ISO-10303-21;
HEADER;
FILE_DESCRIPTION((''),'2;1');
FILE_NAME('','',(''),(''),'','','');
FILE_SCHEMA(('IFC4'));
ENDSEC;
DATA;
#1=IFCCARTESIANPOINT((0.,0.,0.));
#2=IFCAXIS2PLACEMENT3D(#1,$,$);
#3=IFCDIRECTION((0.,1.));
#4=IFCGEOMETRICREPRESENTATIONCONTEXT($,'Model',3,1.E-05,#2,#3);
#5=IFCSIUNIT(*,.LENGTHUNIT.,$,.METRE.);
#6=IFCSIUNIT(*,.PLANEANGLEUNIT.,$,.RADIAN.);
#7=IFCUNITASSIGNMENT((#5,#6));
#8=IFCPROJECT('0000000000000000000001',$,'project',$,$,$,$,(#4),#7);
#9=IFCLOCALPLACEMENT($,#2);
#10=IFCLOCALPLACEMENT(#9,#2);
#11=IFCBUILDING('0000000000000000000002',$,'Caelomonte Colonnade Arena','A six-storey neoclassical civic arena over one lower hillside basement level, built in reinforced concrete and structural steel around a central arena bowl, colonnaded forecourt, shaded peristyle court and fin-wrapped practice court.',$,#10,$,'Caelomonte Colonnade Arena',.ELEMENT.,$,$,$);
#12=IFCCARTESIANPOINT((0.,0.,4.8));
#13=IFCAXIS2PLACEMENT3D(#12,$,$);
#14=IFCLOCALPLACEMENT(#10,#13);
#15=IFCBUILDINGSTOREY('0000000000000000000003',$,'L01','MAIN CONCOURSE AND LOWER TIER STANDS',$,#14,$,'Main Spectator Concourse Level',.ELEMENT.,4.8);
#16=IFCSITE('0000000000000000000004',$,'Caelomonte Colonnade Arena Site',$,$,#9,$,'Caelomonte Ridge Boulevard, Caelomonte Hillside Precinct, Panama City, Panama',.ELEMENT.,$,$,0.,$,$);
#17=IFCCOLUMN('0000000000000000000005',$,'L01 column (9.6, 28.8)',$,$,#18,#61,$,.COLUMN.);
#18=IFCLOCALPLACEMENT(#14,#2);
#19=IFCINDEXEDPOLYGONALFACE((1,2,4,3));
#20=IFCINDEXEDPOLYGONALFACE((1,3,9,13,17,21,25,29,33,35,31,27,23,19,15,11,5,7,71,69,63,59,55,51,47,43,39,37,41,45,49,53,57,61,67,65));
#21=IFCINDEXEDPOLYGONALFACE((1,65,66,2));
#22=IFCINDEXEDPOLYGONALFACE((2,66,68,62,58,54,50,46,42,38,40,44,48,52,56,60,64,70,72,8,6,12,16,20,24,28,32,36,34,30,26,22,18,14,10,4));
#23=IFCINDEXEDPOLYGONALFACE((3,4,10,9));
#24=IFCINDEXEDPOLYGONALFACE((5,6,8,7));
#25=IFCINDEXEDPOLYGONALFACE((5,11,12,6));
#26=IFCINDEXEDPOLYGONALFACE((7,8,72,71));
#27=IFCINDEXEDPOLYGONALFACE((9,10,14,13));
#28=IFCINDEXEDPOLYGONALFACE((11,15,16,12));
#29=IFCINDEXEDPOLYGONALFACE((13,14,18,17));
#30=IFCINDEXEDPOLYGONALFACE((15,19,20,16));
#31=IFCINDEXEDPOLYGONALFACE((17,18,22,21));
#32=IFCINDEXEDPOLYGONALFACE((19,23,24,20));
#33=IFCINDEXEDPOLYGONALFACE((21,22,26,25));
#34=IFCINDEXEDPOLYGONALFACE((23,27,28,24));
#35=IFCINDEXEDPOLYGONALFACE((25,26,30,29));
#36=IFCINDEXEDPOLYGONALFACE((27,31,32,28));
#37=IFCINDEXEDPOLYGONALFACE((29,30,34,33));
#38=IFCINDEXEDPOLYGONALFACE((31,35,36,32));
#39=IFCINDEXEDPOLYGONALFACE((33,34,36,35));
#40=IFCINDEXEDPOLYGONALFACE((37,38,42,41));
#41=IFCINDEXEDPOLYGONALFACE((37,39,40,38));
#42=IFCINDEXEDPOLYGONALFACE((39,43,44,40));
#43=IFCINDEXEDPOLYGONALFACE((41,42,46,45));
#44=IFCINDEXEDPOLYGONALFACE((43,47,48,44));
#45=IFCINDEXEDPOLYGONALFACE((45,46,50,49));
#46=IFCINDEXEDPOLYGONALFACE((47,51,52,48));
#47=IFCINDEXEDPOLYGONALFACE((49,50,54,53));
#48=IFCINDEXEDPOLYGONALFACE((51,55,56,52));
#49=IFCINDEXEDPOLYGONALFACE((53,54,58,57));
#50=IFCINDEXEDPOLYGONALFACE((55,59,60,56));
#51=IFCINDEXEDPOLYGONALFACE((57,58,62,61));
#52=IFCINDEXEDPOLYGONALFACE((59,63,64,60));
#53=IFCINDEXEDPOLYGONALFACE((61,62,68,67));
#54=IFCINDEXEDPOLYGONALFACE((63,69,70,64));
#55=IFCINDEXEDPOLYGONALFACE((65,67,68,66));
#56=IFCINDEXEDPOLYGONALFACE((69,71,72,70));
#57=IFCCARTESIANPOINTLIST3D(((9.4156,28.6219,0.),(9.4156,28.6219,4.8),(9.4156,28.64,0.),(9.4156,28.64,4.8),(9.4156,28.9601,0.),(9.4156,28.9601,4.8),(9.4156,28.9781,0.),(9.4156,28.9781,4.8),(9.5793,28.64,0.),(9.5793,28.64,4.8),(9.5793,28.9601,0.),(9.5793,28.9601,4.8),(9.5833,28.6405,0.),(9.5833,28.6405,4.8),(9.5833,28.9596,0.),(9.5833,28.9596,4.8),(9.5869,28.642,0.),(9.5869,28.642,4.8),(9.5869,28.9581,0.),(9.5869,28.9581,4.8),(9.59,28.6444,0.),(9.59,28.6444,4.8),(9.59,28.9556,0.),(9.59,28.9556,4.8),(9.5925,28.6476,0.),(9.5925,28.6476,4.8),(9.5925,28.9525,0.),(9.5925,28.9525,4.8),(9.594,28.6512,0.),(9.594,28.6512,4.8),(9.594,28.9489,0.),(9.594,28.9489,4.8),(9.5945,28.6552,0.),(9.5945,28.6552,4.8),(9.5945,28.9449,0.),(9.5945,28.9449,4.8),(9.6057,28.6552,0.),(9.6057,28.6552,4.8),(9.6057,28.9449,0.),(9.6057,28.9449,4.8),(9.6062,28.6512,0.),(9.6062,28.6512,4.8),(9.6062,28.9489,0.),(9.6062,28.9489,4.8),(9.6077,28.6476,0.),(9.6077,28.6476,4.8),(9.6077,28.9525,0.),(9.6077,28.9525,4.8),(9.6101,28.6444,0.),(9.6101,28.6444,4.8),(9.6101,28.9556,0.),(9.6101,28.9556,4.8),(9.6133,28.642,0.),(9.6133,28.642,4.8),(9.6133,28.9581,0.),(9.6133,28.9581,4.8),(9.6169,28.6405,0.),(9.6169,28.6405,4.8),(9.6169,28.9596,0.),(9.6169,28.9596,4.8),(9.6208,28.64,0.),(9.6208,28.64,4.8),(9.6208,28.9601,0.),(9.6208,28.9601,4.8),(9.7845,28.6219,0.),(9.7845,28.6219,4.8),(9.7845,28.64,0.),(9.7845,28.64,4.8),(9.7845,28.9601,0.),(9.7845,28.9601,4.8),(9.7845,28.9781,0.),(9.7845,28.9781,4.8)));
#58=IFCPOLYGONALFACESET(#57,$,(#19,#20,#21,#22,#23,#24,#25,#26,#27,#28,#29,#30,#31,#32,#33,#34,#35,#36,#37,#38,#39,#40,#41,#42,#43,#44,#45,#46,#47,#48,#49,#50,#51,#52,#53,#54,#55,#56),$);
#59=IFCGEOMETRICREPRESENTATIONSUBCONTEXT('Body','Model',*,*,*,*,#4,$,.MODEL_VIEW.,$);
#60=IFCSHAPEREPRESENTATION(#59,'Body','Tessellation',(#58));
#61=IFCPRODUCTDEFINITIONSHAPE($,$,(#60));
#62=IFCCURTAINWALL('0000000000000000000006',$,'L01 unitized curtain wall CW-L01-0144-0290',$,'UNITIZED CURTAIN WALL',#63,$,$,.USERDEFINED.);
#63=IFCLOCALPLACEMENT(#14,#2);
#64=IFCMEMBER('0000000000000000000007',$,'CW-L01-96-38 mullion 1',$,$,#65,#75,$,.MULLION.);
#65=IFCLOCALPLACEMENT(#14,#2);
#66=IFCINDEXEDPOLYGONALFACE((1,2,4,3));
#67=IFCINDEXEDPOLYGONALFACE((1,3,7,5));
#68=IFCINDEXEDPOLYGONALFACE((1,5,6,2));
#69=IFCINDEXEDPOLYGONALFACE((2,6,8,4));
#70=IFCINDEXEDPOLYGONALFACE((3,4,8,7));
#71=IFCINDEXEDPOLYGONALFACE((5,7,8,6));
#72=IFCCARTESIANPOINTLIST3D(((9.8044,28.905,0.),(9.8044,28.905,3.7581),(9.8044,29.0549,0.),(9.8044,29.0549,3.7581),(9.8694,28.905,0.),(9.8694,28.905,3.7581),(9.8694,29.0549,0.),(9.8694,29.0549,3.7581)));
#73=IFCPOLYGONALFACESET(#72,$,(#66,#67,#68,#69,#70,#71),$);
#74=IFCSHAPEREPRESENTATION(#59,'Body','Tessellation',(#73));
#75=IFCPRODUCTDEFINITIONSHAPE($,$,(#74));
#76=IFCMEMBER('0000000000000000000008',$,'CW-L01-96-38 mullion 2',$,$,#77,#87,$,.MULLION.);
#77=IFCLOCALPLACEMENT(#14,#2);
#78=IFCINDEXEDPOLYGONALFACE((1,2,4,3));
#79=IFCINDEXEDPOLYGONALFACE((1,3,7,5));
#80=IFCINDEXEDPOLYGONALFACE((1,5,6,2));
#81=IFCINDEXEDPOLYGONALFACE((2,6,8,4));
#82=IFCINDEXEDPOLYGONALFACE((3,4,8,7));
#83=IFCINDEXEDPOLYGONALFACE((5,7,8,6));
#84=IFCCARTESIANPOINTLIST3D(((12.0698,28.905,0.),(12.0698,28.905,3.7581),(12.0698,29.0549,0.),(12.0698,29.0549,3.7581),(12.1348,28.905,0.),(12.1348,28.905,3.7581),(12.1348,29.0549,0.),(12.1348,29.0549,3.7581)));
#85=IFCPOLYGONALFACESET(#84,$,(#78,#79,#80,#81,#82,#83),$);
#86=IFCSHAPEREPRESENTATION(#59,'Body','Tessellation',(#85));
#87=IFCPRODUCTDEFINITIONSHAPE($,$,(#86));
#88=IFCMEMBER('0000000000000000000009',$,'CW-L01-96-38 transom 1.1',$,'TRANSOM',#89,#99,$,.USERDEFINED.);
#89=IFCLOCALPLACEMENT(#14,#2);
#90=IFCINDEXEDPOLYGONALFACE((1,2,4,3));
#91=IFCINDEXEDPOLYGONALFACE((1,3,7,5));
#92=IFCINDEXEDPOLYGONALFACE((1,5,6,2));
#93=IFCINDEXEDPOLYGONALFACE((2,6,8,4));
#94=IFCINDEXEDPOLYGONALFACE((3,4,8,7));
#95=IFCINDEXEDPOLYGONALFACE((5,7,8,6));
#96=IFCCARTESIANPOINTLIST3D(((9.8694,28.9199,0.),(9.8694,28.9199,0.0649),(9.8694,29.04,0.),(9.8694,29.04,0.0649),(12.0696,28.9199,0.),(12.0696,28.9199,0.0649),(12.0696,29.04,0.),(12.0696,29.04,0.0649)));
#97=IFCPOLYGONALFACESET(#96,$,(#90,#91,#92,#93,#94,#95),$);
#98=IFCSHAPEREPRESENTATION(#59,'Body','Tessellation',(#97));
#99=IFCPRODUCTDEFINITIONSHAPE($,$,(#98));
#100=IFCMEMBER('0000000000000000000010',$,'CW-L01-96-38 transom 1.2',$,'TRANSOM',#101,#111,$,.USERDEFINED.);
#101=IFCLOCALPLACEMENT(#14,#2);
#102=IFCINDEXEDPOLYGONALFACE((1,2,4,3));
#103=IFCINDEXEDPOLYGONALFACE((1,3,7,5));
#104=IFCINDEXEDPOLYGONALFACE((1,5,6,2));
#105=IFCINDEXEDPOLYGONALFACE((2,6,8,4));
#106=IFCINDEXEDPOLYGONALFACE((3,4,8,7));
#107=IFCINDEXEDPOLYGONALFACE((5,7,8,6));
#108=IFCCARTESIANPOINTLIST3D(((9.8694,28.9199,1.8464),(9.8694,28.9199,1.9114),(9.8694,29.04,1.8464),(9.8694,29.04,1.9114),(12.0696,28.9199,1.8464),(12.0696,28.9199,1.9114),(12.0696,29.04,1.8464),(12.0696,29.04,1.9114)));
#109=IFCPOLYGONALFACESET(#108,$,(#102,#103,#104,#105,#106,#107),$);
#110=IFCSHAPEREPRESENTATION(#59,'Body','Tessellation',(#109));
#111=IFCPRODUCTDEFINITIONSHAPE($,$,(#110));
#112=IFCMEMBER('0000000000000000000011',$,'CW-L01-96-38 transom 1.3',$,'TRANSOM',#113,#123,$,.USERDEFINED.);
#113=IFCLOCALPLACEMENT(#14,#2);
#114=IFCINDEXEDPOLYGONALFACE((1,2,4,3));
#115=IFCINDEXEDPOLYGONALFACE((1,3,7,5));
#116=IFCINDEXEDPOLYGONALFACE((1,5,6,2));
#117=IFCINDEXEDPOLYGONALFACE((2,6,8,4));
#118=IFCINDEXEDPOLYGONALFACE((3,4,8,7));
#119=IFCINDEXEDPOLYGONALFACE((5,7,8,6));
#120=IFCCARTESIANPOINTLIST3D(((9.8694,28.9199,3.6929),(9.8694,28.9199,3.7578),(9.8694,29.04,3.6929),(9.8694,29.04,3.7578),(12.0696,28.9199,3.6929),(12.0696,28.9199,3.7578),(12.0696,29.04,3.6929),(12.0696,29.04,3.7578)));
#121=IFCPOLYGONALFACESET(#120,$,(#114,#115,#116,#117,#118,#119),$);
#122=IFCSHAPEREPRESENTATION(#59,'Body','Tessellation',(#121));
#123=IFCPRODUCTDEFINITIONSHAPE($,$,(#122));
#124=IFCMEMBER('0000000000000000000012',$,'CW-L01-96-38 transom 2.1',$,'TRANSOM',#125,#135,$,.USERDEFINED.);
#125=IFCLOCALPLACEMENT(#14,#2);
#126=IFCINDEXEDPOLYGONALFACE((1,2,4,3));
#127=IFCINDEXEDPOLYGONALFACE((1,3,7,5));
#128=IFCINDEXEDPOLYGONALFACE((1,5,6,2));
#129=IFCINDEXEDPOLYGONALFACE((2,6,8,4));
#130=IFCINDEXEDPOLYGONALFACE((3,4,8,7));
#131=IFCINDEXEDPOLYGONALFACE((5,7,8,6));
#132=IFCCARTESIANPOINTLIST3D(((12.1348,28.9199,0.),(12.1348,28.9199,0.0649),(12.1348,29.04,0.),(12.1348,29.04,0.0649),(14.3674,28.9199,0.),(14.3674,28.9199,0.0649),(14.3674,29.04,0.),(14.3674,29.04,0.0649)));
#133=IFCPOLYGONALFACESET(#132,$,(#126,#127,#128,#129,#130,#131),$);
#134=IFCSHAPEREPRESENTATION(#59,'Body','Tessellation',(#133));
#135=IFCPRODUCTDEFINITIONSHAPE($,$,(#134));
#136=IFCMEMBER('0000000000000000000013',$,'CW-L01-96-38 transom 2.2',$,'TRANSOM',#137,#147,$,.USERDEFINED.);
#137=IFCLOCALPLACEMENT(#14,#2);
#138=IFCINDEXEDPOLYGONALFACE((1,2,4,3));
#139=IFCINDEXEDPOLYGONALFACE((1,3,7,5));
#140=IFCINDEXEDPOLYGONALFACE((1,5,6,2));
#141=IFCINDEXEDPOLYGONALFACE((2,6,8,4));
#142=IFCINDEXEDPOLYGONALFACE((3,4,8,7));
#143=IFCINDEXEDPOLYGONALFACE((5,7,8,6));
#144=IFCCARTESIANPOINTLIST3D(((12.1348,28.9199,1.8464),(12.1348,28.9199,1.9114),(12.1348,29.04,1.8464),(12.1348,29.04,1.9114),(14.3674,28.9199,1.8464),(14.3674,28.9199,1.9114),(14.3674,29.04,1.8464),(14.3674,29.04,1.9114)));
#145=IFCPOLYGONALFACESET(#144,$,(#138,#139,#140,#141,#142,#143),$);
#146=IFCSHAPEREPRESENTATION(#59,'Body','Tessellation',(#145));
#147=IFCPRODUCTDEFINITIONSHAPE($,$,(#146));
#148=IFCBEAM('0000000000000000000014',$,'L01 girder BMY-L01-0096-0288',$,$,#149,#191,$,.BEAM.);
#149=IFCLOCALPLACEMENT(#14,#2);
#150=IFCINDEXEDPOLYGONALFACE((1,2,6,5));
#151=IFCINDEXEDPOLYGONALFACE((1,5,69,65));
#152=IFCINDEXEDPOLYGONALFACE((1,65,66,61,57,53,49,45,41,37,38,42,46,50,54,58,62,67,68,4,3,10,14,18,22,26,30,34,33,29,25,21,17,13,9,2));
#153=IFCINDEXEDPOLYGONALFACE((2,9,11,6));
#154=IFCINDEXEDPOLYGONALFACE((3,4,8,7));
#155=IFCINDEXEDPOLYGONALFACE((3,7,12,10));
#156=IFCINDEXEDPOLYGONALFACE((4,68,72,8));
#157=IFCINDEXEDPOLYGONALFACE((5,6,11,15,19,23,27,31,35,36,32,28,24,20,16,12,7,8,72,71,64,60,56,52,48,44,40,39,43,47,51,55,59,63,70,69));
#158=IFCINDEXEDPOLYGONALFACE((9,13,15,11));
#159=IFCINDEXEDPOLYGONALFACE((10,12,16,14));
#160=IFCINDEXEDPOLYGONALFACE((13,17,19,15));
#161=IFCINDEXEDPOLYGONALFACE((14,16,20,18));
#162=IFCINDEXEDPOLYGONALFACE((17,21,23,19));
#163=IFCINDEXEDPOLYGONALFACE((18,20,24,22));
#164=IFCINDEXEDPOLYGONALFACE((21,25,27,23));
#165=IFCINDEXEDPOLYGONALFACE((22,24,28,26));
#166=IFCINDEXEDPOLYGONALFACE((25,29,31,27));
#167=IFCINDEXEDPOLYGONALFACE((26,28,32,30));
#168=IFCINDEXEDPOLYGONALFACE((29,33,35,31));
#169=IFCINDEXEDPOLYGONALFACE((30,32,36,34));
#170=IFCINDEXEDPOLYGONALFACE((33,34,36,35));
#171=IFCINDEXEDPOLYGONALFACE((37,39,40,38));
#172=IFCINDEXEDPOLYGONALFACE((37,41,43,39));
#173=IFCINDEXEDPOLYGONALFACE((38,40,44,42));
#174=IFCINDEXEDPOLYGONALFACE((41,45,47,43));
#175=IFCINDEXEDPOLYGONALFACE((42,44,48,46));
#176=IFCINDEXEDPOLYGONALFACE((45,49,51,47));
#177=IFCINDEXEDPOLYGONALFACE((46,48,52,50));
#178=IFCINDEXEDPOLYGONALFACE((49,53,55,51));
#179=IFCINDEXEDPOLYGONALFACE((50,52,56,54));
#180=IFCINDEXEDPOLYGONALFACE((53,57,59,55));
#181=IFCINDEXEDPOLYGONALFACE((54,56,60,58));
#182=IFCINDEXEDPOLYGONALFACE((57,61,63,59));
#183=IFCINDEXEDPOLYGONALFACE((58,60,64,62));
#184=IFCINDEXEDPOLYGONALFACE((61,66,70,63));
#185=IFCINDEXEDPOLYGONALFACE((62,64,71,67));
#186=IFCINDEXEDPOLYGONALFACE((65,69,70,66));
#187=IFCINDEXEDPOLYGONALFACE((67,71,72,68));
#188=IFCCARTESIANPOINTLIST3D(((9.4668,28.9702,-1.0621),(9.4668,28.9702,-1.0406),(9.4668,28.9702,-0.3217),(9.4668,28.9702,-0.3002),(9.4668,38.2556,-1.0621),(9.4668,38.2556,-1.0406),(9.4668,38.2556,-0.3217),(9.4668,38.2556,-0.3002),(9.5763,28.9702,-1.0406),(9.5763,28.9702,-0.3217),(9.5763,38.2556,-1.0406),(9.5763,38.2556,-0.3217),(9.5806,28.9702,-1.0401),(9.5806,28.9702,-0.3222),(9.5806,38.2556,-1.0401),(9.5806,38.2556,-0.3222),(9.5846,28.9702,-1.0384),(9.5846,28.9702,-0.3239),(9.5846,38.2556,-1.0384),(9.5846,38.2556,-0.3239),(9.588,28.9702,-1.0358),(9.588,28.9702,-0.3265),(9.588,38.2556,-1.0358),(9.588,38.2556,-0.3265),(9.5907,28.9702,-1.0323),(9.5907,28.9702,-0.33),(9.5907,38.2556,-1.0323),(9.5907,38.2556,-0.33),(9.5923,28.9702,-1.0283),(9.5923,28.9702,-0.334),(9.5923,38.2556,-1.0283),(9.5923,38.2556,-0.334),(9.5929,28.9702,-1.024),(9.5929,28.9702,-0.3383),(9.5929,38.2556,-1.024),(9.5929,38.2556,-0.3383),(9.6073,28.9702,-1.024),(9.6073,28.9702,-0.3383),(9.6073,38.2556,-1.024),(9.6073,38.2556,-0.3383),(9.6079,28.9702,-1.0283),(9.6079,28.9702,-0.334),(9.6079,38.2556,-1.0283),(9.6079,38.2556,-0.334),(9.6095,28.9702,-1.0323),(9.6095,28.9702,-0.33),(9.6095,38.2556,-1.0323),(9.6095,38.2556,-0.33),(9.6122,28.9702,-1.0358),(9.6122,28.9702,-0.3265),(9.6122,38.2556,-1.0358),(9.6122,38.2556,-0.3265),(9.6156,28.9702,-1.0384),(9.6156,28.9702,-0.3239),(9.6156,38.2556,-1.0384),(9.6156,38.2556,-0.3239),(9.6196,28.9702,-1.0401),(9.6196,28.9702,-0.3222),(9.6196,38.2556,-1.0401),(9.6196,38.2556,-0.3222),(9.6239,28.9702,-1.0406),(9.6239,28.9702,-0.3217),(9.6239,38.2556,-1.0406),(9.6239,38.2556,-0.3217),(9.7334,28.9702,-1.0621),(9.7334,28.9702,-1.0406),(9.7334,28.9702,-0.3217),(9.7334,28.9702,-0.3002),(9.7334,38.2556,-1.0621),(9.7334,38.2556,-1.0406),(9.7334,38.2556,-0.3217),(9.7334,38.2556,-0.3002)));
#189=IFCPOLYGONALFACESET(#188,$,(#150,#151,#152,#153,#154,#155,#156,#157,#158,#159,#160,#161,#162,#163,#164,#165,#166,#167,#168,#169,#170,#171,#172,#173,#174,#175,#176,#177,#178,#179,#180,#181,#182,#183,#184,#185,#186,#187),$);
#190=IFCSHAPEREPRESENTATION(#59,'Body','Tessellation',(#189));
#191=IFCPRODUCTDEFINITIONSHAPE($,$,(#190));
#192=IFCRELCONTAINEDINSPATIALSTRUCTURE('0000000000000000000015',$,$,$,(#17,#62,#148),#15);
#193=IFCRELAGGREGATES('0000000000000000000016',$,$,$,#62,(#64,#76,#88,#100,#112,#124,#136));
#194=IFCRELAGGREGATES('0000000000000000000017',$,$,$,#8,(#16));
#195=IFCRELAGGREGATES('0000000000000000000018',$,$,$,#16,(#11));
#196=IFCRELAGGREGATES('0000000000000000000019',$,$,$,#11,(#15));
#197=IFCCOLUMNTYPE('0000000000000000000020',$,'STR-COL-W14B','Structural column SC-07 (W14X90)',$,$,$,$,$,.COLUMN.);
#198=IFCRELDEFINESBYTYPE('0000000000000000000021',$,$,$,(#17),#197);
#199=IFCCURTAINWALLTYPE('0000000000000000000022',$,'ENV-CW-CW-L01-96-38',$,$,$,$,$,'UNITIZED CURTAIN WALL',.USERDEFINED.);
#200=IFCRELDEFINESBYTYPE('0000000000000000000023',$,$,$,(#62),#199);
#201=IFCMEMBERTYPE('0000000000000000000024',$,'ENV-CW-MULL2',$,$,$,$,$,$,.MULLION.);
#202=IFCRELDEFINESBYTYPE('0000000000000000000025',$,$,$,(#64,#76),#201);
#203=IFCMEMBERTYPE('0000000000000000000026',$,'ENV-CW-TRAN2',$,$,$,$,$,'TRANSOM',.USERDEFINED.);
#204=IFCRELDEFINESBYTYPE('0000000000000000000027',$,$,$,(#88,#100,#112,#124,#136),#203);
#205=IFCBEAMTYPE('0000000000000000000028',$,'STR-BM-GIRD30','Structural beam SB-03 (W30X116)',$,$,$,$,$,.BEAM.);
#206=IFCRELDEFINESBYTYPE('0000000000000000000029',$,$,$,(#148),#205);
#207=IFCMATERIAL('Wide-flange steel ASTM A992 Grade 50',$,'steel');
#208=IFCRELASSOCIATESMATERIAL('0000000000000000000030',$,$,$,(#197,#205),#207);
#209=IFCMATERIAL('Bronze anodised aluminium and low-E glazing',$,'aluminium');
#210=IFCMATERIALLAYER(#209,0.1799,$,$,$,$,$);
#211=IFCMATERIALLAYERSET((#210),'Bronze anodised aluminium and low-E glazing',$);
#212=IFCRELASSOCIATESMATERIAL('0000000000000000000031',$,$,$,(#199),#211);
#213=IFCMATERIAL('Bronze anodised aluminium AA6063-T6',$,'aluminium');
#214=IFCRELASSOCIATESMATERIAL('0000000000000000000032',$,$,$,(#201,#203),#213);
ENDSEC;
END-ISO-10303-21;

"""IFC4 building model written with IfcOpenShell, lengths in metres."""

from ifc_helpers import new_model, si_unit, direction, frame, origin, origin_2d, place, context, subcontext, project, spatial, rectangle, i_section, extrude, material, layer, layer_set, material_profile, profile_set, type_object, element, aggregate, save


model = new_model("IFC4")

# Units and contexts
model_context = context("Model", 3, precision=1e-05, world=origin(), true_north=direction((0.0, 1.0)))
body_context = subcontext(model_context, "Body", "Model", "MODEL_VIEW")
ifc_project = project(units=[si_unit("LENGTHUNIT", "METRE"), si_unit("PLANEANGLEUNIT", "RADIAN")], contexts=[model_context])

# Site, building, storey
site_placement = place(None, origin())
site = spatial("IfcSite", under=ifc_project, at=site_placement, Name="Caelomonte Colonnade Arena Site", LongName="Caelomonte Ridge Boulevard, Caelomonte Hillside Precinct, Panama City, Panama", CompositionType="ELEMENT", RefElevation=0.0)
building_placement = place(site_placement, origin())
building = spatial("IfcBuilding", under=site, at=building_placement, Name="Caelomonte Colonnade Arena", Description="A six-storey neoclassical civic arena over one lower hillside basement level, built in reinforced concrete and structural steel around a central arena bowl, colonnaded forecourt, shaded peristyle court and fin-wrapped practice court.", LongName="Caelomonte Colonnade Arena", CompositionType="ELEMENT")
storey_placement = place(building_placement, frame((0.0, 0.0, 4.8)))
storey = spatial("IfcBuildingStorey", under=building, at=storey_placement, Name="L01", Description="MAIN CONCOURSE AND LOWER TIER STANDS", LongName="Main Spectator Concourse Level", CompositionType="ELEMENT", Elevation=4.8)

# Column
ifc_material_1 = material(Name="Wide-flange steel ASTM A992 Grade 50", Category="steel")
ifc_material_profile_1 = material_profile(ifc_material_1, i_section(OverallWidth=0.3689, OverallDepth=0.3562, WebThickness=0.0112, FlangeThickness=0.0181, FilletRadius=0.0151, at=origin_2d()), Name="W14X90")
ifc_profile_set_1 = profile_set([ifc_material_profile_1], Name="Wide-flange steel ASTM A992 Grade 50")
column_type = type_object("IfcColumnType", Name="STR-COL-W14B", Description="Structural column SC-07 (W14X90)", PredefinedType="COLUMN", material=ifc_profile_set_1)
column_placement = place(storey_placement, frame((9.6001, 28.8, 0.0), z_axis=(0.0, 0.0, 1.0), x_axis=(1.0, 0.0, 0.0)))
element("IfcColumn", 1, at=column_placement, inside=storey, type_object=column_type, Name="L01 column (9.6, 28.8)", PredefinedType="COLUMN", context=body_context, shape_type="SweptSolid", body=[
    extrude(i_section(OverallWidth=0.3689, OverallDepth=0.3562, WebThickness=0.0112, FlangeThickness=0.0181, FilletRadius=0.0151, at=origin_2d()), origin(), (0.0, 0.0, 1.0), 4.8),
])

# Curtain wall, members
ifc_material_2 = material(Name="Bronze anodised aluminium and low-E glazing", Category="aluminium")
ifc_layer_1 = layer(ifc_material_2, 0.1799)
ifc_layer_set_1 = layer_set([ifc_layer_1], Name="Bronze anodised aluminium and low-E glazing")
curtain_wall_type = type_object("IfcCurtainWallType", Name="ENV-CW-CW-L01-96-38", ElementType="UNITIZED CURTAIN WALL", PredefinedType="USERDEFINED", material=ifc_layer_set_1)
curtain_wall_placement = place(storey_placement, origin())
curtain_wall = element("IfcCurtainWall", 2, at=curtain_wall_placement, inside=storey, type_object=curtain_wall_type, Name="L01 unitized curtain wall CW-L01-0144-0290", ObjectType="UNITIZED CURTAIN WALL", PredefinedType="USERDEFINED")
ifc_material_3 = material(Name="Bronze anodised aluminium AA6063-T6", Category="aluminium")
ifc_material_profile_2 = material_profile(ifc_material_3, rectangle(XDim=0.0649, YDim=0.1499, at=origin_2d()), Name="CWM-65X150")
ifc_profile_set_2 = profile_set([ifc_material_profile_2], Name="Bronze anodised aluminium AA6063-T6")
member_type_1 = type_object("IfcMemberType", Name="ENV-CW-MULL2", PredefinedType="MULLION", material=ifc_profile_set_2)
member_1_placement = place(storey_placement, frame((9.8369, 28.98, 0.0), z_axis=(0.0, 0.0, 1.0), x_axis=(1.0, 0.0, 0.0)))
member_1 = element("IfcMember", 3, at=member_1_placement, type_object=member_type_1, Name="CW-L01-96-38 mullion 1", PredefinedType="MULLION", context=body_context, shape_type="SweptSolid", body=[
    extrude(rectangle(XDim=0.0649, YDim=0.1499, at=origin_2d()), origin(), (0.0, 0.0, 1.0), 3.7581),
])
member_2_placement = place(storey_placement, frame((12.1023, 28.98, 0.0), z_axis=(0.0, 0.0, 1.0), x_axis=(1.0, 0.0, 0.0)))
member_2 = element("IfcMember", 4, at=member_2_placement, type_object=member_type_1, Name="CW-L01-96-38 mullion 2", PredefinedType="MULLION", context=body_context, shape_type="SweptSolid", body=[
    extrude(rectangle(XDim=0.0649, YDim=0.1499, at=origin_2d()), origin(), (0.0, 0.0, 1.0), 3.7581),
])
ifc_material_profile_3 = material_profile(ifc_material_3, rectangle(XDim=0.0649, YDim=0.1201, at=origin_2d()), Name="CWT-65X120")
ifc_profile_set_3 = profile_set([ifc_material_profile_3], Name="Bronze anodised aluminium AA6063-T6")
member_type_2 = type_object("IfcMemberType", Name="ENV-CW-TRAN2", ElementType="TRANSOM", PredefinedType="USERDEFINED", material=ifc_profile_set_3)
member_3_placement = place(storey_placement, frame((9.8694, 28.98, 0.0325), z_axis=(1.0, 0.0, 0.0), x_axis=(0.0, 0.0, 1.0)))
member_3 = element("IfcMember", 5, at=member_3_placement, type_object=member_type_2, Name="CW-L01-96-38 transom 1.1", ObjectType="TRANSOM", PredefinedType="USERDEFINED", context=body_context, shape_type="SweptSolid", body=[
    extrude(rectangle(XDim=0.0649, YDim=0.1201, at=origin_2d()), origin(), (0.0, 0.0, 1.0), 2.2002),
])
member_4_placement = place(storey_placement, frame((9.8694, 28.98, 1.8789), z_axis=(1.0, 0.0, 0.0), x_axis=(0.0, 0.0, 1.0)))
member_4 = element("IfcMember", 6, at=member_4_placement, type_object=member_type_2, Name="CW-L01-96-38 transom 1.2", ObjectType="TRANSOM", PredefinedType="USERDEFINED", context=body_context, shape_type="SweptSolid", body=[
    extrude(rectangle(XDim=0.0649, YDim=0.1201, at=origin_2d()), origin(), (0.0, 0.0, 1.0), 2.2002),
])
member_5_placement = place(storey_placement, frame((9.8694, 28.98, 3.7253), z_axis=(1.0, 0.0, 0.0), x_axis=(0.0, 0.0, 1.0)))
member_5 = element("IfcMember", 7, at=member_5_placement, type_object=member_type_2, Name="CW-L01-96-38 transom 1.3", ObjectType="TRANSOM", PredefinedType="USERDEFINED", context=body_context, shape_type="SweptSolid", body=[
    extrude(rectangle(XDim=0.0649, YDim=0.1201, at=origin_2d()), origin(), (0.0, 0.0, 1.0), 2.2002),
])
member_6_placement = place(storey_placement, frame((12.1348, 28.98, 0.0325), z_axis=(1.0, 0.0, 0.0), x_axis=(0.0, 0.0, 1.0)))
member_6 = element("IfcMember", 8, at=member_6_placement, type_object=member_type_2, Name="CW-L01-96-38 transom 2.1", ObjectType="TRANSOM", PredefinedType="USERDEFINED", context=body_context, shape_type="SweptSolid", body=[
    extrude(rectangle(XDim=0.0649, YDim=0.1201, at=origin_2d()), origin(), (0.0, 0.0, 1.0), 2.2327),
])
member_7_placement = place(storey_placement, frame((12.1348, 28.98, 1.8789), z_axis=(1.0, 0.0, 0.0), x_axis=(0.0, 0.0, 1.0)))
member_7 = element("IfcMember", 9, at=member_7_placement, type_object=member_type_2, Name="CW-L01-96-38 transom 2.2", ObjectType="TRANSOM", PredefinedType="USERDEFINED", context=body_context, shape_type="SweptSolid", body=[
    extrude(rectangle(XDim=0.0649, YDim=0.1201, at=origin_2d()), origin(), (0.0, 0.0, 1.0), 2.2327),
])

# Beam
ifc_material_profile_4 = material_profile(ifc_material_1, i_section(OverallWidth=0.2666, OverallDepth=0.762, WebThickness=0.0144, FlangeThickness=0.0215, FilletRadius=0.0166, at=origin_2d()), Name="W30X116")
ifc_profile_set_4 = profile_set([ifc_material_profile_4], Name="Wide-flange steel ASTM A992 Grade 50")
beam_type_1 = type_object("IfcBeamType", Name="STR-BM-GIRD30", Description="Structural beam SB-03 (W30X116)", PredefinedType="BEAM", material=ifc_profile_set_4)
beam_1_placement = place(storey_placement, frame((9.6001, 28.9702, -0.6812), z_axis=(0.0, 1.0, 0.0), x_axis=(-1.0, 0.0, 0.0)))
element("IfcBeam", 10, at=beam_1_placement, inside=storey, type_object=beam_type_1, Name="L01 girder BMY-L01-0096-0288", PredefinedType="BEAM", context=body_context, shape_type="SweptSolid", body=[
    extrude(i_section(OverallWidth=0.2666, OverallDepth=0.762, WebThickness=0.0144, FlangeThickness=0.0215, FilletRadius=0.0166, at=origin_2d()), origin(), (0.0, 0.0, 1.0), 9.2854),
])

aggregate(curtain_wall, [member_1, member_2, member_3, member_4, member_5, member_6, member_7])

save(model, "model.ifc")
